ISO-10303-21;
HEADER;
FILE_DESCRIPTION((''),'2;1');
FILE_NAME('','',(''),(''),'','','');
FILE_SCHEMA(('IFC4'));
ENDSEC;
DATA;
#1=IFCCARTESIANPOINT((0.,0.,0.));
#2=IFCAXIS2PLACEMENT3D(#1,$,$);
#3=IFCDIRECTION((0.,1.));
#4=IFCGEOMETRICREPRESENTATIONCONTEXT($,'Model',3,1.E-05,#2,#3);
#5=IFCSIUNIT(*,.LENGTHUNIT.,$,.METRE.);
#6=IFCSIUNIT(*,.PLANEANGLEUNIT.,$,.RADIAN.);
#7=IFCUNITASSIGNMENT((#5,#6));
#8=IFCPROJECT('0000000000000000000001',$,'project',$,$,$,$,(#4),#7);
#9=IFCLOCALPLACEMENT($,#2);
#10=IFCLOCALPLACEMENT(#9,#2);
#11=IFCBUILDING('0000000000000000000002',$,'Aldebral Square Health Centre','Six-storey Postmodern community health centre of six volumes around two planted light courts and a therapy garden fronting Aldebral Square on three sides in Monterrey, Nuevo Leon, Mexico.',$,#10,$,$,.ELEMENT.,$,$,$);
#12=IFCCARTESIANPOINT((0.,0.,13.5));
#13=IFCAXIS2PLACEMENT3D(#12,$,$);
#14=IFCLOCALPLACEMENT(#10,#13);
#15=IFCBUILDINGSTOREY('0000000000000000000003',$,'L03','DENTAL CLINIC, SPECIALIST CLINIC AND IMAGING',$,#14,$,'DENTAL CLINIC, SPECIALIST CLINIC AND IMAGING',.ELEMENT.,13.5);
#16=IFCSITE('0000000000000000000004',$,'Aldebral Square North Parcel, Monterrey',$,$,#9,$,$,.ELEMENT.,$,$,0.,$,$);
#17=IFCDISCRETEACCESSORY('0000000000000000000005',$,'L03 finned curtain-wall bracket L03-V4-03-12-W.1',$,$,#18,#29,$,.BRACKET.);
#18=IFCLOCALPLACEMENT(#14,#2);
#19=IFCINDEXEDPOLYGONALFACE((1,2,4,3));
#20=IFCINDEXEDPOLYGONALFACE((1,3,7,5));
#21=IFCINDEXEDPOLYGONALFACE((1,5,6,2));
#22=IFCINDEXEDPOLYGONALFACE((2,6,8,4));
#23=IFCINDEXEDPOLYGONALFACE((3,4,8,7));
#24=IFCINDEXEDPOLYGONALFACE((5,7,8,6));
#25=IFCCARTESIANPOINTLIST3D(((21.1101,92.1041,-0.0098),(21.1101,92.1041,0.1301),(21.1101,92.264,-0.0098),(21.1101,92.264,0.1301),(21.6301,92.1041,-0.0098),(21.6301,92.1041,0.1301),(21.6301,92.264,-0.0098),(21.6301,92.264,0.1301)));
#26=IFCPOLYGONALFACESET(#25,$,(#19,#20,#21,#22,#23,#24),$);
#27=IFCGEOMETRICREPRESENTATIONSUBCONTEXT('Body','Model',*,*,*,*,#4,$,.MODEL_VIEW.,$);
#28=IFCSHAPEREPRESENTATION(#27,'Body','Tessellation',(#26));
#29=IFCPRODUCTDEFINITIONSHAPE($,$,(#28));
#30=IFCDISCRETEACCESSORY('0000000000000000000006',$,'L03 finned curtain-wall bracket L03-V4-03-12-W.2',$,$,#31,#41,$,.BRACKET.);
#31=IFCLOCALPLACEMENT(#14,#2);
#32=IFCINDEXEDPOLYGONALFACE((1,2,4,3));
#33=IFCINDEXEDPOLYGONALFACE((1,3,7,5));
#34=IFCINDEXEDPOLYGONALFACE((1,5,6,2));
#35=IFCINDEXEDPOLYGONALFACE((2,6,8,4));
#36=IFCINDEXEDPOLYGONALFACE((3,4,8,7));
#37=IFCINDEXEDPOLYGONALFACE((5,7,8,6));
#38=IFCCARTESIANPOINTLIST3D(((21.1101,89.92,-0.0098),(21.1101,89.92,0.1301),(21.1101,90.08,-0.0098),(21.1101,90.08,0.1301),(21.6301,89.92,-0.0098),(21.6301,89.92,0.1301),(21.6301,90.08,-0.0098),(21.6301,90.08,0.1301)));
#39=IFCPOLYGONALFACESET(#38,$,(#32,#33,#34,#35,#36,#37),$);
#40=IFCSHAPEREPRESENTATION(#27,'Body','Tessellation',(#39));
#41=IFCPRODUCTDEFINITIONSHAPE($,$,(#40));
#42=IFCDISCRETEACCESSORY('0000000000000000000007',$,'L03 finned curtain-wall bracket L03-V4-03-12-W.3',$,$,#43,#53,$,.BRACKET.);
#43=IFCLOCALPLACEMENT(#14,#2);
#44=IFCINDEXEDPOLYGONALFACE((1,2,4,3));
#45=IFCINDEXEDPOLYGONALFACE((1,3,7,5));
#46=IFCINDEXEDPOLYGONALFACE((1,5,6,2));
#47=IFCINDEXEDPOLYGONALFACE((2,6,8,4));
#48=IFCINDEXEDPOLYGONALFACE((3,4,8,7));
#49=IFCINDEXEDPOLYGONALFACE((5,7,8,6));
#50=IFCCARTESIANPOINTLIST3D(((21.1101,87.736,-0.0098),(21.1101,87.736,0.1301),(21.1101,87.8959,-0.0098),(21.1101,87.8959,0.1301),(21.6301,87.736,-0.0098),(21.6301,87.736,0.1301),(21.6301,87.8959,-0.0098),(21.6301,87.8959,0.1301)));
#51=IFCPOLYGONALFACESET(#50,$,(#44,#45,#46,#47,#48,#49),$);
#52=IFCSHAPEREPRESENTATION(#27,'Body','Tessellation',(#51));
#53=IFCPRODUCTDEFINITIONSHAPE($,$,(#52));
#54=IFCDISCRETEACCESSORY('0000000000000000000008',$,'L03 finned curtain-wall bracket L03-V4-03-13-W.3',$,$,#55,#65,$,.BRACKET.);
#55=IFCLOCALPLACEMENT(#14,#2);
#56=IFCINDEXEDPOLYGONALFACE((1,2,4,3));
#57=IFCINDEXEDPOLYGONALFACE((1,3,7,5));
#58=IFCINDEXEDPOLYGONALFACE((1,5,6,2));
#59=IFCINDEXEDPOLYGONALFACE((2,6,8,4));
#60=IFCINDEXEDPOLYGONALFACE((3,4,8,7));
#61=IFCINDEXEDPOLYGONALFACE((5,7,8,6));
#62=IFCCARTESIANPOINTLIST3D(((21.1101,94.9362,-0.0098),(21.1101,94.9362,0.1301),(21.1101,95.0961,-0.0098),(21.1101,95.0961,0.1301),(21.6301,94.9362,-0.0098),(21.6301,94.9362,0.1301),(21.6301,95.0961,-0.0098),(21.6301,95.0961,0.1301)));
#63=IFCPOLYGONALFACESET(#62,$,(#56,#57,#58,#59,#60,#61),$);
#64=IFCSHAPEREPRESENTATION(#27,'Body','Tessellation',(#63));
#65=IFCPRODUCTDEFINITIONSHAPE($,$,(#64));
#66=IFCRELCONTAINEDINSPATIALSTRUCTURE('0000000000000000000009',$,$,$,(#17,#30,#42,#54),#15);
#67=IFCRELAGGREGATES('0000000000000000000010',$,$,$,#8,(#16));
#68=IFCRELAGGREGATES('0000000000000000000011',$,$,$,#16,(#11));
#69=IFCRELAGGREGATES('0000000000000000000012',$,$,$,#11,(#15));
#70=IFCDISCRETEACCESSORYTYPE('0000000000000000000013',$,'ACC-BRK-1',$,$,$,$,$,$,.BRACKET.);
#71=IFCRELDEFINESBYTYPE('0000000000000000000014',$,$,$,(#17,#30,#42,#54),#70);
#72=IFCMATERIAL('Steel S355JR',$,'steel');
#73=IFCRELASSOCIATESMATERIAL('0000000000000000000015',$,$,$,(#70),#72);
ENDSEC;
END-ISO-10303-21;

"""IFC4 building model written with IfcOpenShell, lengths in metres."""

from ifc_helpers import new_model, si_unit, direction, frame, origin, origin_2d, place, context, subcontext, project, spatial, rectangle, extrude, material, type_object, element, save


model = new_model("IFC4")

# Units and contexts
model_context = context("Model", 3, precision=1e-05, world=origin(), true_north=direction((0.0, 1.0)))
body_context = subcontext(model_context, "Body", "Model", "MODEL_VIEW")
ifc_project = project(units=[si_unit("LENGTHUNIT", "METRE"), si_unit("PLANEANGLEUNIT", "RADIAN")], contexts=[model_context])

# Site, building, storey
site_placement = place(None, origin())
site = spatial("IfcSite", under=ifc_project, at=site_placement, Name="Aldebral Square North Parcel, Monterrey", CompositionType="ELEMENT", RefElevation=0.0)
building_placement = place(site_placement, origin())
building = spatial("IfcBuilding", under=site, at=building_placement, Name="Aldebral Square Health Centre", Description="Six-storey Postmodern community health centre of six volumes around two planted light courts and a therapy garden fronting Aldebral Square on three sides in Monterrey, Nuevo Leon, Mexico.", CompositionType="ELEMENT")
storey_placement = place(building_placement, frame((0.0, 0.0, 13.5)))
storey = spatial("IfcBuildingStorey", under=building, at=storey_placement, Name="L03", Description="DENTAL CLINIC, SPECIALIST CLINIC AND IMAGING", LongName="DENTAL CLINIC, SPECIALIST CLINIC AND IMAGING", CompositionType="ELEMENT", Elevation=13.5)

# Discrete accessories
ifc_material_1 = material(Name="Steel S355JR", Category="steel")
discrete_accessory_type = type_object("IfcDiscreteAccessoryType", Name="ACC-BRK-1", PredefinedType="BRACKET", material=ifc_material_1)
for number, where, z_axis, x_axis, name in (
    (1, (21.3701, 92.1841, -0.0098), (0.0, 0.0, 1.0), (0.0, 1.0, 0.0), "L03 finned curtain-wall bracket L03-V4-03-12-W.1"),
    (2, (21.3701, 90.0, -0.0098), (0.0, 0.0, 1.0), (0.0, 1.0, 0.0), "L03 finned curtain-wall bracket L03-V4-03-12-W.2"),
    (3, (21.3701, 87.8159, -0.0098), (0.0, 0.0, 1.0), (0.0, 1.0, 0.0), "L03 finned curtain-wall bracket L03-V4-03-12-W.3"),
    (4, (21.3701, 95.0161, -0.0098), (0.0, 0.0, 1.0), (0.0, 1.0, 0.0), "L03 finned curtain-wall bracket L03-V4-03-13-W.3"),
):
    element("IfcDiscreteAccessory", number, at=place(storey_placement, frame(where, z_axis=z_axis, x_axis=x_axis)), inside=storey, type_object=discrete_accessory_type, Name=name, PredefinedType="BRACKET", context=body_context, shape_type="SweptSolid", body=[
        extrude(rectangle(XDim=0.1599, YDim=0.52, at=origin_2d()), origin(), (0.0, 0.0, 1.0), 0.1399),
    ])

save(model, "model.ifc")
